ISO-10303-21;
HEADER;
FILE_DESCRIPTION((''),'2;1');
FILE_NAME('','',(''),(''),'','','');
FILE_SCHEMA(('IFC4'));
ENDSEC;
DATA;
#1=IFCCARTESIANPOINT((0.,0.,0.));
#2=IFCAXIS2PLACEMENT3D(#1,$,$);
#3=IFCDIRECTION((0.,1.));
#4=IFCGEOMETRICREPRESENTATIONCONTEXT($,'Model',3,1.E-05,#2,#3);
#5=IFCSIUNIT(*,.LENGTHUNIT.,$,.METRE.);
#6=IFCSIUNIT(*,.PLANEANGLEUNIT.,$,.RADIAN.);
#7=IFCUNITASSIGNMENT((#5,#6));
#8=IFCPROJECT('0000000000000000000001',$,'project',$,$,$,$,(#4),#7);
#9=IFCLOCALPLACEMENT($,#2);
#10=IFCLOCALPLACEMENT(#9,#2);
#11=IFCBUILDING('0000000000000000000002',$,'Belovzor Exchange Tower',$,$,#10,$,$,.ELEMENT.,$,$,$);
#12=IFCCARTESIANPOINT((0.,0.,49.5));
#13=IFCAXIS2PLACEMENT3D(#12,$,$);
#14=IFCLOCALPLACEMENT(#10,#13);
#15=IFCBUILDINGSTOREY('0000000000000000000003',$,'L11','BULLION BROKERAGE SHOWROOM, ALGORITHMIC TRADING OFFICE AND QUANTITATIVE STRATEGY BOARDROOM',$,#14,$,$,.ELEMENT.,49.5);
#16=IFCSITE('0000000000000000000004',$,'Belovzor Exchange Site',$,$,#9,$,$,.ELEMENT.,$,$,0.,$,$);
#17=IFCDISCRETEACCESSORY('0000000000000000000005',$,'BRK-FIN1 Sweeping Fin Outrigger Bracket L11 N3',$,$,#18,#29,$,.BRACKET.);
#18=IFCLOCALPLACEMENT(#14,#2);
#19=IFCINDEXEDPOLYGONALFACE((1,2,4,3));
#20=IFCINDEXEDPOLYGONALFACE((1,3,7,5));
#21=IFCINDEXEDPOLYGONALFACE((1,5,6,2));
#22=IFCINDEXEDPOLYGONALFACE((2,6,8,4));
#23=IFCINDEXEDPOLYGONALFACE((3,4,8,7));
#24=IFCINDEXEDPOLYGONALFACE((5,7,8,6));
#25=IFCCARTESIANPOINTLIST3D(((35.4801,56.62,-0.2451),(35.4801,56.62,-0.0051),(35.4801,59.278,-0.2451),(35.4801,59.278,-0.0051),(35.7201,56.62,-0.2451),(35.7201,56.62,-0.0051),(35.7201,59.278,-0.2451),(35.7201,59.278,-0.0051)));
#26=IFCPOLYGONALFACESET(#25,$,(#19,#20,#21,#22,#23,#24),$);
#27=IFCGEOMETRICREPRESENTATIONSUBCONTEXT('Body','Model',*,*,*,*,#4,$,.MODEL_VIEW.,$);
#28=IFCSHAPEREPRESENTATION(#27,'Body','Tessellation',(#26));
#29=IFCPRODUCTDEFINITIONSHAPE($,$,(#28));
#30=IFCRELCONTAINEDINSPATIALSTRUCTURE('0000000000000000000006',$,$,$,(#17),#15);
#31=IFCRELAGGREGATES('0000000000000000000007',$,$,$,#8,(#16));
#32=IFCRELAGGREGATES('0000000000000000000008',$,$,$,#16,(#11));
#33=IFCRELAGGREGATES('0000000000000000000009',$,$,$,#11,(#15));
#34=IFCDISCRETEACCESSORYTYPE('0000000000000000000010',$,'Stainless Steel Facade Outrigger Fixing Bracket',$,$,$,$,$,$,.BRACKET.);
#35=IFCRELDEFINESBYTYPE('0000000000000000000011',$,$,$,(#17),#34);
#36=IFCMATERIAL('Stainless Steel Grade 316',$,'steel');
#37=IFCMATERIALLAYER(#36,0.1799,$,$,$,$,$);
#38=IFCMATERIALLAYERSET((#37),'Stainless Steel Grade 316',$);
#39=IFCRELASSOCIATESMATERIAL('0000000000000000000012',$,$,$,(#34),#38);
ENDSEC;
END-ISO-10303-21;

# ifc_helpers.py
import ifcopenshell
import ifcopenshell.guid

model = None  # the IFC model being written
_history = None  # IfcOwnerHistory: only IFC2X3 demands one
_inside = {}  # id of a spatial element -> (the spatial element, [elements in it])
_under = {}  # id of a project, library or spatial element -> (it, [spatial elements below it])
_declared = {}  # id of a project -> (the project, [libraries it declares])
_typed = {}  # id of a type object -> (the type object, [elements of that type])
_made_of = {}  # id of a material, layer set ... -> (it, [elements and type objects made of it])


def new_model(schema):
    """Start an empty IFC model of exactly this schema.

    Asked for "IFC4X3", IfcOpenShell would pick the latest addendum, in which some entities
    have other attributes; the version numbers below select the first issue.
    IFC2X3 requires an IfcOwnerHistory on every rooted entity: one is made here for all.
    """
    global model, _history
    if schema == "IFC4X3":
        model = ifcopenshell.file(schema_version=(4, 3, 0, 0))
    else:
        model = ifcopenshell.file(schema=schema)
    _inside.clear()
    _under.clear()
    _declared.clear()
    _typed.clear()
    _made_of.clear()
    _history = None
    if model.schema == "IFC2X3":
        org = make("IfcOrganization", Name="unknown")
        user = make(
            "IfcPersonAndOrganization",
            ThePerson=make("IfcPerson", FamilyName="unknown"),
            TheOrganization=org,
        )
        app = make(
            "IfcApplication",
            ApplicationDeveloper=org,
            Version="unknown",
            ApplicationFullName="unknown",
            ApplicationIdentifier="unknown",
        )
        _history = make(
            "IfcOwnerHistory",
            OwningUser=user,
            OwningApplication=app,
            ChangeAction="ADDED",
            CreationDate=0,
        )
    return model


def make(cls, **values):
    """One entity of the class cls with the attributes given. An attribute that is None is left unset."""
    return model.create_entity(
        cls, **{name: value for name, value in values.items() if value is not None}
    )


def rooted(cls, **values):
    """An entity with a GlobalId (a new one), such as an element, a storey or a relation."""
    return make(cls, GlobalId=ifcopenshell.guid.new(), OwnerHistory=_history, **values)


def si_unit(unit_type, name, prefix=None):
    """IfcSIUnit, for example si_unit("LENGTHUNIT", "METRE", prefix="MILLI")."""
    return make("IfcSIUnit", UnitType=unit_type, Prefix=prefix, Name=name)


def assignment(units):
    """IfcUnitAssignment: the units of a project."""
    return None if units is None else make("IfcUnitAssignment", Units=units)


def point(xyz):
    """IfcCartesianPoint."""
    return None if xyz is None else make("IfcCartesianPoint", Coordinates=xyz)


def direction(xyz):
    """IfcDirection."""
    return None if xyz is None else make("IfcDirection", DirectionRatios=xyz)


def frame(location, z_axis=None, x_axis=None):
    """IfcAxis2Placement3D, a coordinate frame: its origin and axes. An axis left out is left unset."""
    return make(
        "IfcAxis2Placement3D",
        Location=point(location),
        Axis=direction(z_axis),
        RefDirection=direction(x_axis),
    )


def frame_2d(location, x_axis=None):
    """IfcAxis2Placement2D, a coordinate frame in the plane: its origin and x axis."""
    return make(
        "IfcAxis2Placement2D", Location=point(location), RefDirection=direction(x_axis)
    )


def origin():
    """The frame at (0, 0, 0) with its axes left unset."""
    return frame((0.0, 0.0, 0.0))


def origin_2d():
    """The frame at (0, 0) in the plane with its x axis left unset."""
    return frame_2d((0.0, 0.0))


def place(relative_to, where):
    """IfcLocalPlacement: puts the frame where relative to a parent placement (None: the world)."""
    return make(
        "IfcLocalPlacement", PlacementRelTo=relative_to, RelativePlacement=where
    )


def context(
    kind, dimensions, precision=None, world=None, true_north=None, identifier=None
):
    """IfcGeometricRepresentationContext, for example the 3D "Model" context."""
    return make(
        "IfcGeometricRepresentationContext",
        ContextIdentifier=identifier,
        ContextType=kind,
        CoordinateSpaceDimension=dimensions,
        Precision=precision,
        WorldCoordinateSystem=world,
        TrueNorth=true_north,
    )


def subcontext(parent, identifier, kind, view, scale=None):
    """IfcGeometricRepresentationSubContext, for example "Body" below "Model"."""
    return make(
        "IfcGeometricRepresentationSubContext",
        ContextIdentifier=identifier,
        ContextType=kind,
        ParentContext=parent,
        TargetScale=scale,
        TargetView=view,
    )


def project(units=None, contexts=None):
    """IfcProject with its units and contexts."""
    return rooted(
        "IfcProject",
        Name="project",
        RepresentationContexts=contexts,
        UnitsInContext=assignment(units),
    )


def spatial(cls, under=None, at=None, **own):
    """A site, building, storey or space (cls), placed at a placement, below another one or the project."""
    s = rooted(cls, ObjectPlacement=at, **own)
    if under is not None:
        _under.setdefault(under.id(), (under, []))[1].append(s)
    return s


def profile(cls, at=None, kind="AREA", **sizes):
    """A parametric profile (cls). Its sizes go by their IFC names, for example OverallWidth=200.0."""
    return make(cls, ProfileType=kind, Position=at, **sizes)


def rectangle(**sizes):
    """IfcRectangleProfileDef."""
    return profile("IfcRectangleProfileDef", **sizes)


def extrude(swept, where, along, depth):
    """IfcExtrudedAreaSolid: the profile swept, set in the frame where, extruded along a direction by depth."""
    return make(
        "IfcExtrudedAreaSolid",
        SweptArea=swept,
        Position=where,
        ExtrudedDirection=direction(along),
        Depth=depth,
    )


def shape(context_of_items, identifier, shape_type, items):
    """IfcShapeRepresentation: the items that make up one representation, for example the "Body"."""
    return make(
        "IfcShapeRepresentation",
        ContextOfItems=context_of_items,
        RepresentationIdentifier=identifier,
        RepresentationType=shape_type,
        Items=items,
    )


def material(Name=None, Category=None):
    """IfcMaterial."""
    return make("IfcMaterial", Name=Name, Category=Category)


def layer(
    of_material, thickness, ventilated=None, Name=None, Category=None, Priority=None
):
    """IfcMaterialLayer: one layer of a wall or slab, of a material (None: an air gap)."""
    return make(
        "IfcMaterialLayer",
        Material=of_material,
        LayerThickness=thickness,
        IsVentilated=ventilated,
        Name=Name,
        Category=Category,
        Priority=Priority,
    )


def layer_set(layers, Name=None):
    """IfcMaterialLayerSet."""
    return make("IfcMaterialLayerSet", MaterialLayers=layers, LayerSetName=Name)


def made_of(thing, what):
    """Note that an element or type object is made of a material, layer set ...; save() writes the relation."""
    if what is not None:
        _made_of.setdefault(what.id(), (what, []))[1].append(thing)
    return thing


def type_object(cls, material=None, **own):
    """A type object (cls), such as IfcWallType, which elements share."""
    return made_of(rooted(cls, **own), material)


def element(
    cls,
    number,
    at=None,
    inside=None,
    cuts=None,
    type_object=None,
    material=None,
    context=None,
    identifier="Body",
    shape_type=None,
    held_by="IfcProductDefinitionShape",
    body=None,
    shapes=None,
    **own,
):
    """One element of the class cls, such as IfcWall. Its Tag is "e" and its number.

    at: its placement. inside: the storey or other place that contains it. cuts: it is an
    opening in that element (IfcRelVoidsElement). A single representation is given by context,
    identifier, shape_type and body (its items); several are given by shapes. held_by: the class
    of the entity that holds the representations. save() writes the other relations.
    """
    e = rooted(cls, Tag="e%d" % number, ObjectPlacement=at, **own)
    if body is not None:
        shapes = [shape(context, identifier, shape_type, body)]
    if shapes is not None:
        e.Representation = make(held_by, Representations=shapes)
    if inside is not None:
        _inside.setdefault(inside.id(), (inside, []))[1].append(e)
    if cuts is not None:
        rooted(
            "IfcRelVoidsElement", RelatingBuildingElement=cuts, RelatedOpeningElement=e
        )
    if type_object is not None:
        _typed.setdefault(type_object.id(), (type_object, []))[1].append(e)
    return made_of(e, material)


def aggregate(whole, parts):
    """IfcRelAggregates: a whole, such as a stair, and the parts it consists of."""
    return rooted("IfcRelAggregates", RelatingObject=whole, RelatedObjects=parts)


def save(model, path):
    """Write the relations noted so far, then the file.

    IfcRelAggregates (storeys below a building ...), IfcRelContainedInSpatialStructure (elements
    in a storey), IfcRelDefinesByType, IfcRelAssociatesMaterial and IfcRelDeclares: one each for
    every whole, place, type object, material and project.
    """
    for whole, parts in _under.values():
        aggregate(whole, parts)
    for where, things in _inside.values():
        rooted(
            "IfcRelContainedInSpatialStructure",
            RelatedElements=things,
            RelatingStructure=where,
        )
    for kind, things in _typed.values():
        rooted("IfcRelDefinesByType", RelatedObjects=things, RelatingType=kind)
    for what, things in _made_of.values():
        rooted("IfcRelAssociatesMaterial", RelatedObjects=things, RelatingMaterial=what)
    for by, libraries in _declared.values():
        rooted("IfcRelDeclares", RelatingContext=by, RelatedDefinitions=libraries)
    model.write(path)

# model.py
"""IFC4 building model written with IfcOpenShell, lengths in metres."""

from ifc_helpers import new_model, si_unit, direction, frame, origin, origin_2d, place, context, subcontext, project, spatial, rectangle, extrude, material, layer, layer_set, type_object, element, save


model = new_model("IFC4")

# Units and contexts
model_context = context("Model", 3, precision=1e-05, world=origin(), true_north=direction((0.0, 1.0)))
body_context = subcontext(model_context, "Body", "Model", "MODEL_VIEW")
ifc_project = project(units=[si_unit("LENGTHUNIT", "METRE"), si_unit("PLANEANGLEUNIT", "RADIAN")], contexts=[model_context])

# Site, building, storey
site_placement = place(None, origin())
site = spatial("IfcSite", under=ifc_project, at=site_placement, Name="Belovzor Exchange Site", CompositionType="ELEMENT", RefElevation=0.0)
building_placement = place(site_placement, origin())
building = spatial("IfcBuilding", under=site, at=building_placement, Name="Belovzor Exchange Tower", CompositionType="ELEMENT")
storey_placement = place(building_placement, frame((0.0, 0.0, 49.5)))
storey = spatial("IfcBuildingStorey", under=building, at=storey_placement, Name="L11", Description="BULLION BROKERAGE SHOWROOM, ALGORITHMIC TRADING OFFICE AND QUANTITATIVE STRATEGY BOARDROOM", CompositionType="ELEMENT", Elevation=49.5)

# Discrete accessory
ifc_material_1 = material(Name="Stainless Steel Grade 316", Category="steel")
ifc_layer_1 = layer(ifc_material_1, 0.1799)
ifc_layer_set_1 = layer_set([ifc_layer_1], Name="Stainless Steel Grade 316")
discrete_accessory_type = type_object("IfcDiscreteAccessoryType", Name="Stainless Steel Facade Outrigger Fixing Bracket", PredefinedType="BRACKET", material=ifc_layer_set_1)
discrete_accessory_placement = place(storey_placement, frame((35.6001, 57.949, -0.2451), z_axis=(0.0, 0.0, 1.0), x_axis=(0.0, 1.0, 0.0)))
element("IfcDiscreteAccessory", 1, at=discrete_accessory_placement, inside=storey, type_object=discrete_accessory_type, Name="BRK-FIN1 Sweeping Fin Outrigger Bracket L11 N3", PredefinedType="BRACKET", context=body_context, shape_type="SweptSolid", body=[
    extrude(rectangle(XDim=2.658, YDim=0.24, at=origin_2d()), origin(), (0.0, 0.0, 1.0), 0.24),
])

save(model, "model.ifc")
